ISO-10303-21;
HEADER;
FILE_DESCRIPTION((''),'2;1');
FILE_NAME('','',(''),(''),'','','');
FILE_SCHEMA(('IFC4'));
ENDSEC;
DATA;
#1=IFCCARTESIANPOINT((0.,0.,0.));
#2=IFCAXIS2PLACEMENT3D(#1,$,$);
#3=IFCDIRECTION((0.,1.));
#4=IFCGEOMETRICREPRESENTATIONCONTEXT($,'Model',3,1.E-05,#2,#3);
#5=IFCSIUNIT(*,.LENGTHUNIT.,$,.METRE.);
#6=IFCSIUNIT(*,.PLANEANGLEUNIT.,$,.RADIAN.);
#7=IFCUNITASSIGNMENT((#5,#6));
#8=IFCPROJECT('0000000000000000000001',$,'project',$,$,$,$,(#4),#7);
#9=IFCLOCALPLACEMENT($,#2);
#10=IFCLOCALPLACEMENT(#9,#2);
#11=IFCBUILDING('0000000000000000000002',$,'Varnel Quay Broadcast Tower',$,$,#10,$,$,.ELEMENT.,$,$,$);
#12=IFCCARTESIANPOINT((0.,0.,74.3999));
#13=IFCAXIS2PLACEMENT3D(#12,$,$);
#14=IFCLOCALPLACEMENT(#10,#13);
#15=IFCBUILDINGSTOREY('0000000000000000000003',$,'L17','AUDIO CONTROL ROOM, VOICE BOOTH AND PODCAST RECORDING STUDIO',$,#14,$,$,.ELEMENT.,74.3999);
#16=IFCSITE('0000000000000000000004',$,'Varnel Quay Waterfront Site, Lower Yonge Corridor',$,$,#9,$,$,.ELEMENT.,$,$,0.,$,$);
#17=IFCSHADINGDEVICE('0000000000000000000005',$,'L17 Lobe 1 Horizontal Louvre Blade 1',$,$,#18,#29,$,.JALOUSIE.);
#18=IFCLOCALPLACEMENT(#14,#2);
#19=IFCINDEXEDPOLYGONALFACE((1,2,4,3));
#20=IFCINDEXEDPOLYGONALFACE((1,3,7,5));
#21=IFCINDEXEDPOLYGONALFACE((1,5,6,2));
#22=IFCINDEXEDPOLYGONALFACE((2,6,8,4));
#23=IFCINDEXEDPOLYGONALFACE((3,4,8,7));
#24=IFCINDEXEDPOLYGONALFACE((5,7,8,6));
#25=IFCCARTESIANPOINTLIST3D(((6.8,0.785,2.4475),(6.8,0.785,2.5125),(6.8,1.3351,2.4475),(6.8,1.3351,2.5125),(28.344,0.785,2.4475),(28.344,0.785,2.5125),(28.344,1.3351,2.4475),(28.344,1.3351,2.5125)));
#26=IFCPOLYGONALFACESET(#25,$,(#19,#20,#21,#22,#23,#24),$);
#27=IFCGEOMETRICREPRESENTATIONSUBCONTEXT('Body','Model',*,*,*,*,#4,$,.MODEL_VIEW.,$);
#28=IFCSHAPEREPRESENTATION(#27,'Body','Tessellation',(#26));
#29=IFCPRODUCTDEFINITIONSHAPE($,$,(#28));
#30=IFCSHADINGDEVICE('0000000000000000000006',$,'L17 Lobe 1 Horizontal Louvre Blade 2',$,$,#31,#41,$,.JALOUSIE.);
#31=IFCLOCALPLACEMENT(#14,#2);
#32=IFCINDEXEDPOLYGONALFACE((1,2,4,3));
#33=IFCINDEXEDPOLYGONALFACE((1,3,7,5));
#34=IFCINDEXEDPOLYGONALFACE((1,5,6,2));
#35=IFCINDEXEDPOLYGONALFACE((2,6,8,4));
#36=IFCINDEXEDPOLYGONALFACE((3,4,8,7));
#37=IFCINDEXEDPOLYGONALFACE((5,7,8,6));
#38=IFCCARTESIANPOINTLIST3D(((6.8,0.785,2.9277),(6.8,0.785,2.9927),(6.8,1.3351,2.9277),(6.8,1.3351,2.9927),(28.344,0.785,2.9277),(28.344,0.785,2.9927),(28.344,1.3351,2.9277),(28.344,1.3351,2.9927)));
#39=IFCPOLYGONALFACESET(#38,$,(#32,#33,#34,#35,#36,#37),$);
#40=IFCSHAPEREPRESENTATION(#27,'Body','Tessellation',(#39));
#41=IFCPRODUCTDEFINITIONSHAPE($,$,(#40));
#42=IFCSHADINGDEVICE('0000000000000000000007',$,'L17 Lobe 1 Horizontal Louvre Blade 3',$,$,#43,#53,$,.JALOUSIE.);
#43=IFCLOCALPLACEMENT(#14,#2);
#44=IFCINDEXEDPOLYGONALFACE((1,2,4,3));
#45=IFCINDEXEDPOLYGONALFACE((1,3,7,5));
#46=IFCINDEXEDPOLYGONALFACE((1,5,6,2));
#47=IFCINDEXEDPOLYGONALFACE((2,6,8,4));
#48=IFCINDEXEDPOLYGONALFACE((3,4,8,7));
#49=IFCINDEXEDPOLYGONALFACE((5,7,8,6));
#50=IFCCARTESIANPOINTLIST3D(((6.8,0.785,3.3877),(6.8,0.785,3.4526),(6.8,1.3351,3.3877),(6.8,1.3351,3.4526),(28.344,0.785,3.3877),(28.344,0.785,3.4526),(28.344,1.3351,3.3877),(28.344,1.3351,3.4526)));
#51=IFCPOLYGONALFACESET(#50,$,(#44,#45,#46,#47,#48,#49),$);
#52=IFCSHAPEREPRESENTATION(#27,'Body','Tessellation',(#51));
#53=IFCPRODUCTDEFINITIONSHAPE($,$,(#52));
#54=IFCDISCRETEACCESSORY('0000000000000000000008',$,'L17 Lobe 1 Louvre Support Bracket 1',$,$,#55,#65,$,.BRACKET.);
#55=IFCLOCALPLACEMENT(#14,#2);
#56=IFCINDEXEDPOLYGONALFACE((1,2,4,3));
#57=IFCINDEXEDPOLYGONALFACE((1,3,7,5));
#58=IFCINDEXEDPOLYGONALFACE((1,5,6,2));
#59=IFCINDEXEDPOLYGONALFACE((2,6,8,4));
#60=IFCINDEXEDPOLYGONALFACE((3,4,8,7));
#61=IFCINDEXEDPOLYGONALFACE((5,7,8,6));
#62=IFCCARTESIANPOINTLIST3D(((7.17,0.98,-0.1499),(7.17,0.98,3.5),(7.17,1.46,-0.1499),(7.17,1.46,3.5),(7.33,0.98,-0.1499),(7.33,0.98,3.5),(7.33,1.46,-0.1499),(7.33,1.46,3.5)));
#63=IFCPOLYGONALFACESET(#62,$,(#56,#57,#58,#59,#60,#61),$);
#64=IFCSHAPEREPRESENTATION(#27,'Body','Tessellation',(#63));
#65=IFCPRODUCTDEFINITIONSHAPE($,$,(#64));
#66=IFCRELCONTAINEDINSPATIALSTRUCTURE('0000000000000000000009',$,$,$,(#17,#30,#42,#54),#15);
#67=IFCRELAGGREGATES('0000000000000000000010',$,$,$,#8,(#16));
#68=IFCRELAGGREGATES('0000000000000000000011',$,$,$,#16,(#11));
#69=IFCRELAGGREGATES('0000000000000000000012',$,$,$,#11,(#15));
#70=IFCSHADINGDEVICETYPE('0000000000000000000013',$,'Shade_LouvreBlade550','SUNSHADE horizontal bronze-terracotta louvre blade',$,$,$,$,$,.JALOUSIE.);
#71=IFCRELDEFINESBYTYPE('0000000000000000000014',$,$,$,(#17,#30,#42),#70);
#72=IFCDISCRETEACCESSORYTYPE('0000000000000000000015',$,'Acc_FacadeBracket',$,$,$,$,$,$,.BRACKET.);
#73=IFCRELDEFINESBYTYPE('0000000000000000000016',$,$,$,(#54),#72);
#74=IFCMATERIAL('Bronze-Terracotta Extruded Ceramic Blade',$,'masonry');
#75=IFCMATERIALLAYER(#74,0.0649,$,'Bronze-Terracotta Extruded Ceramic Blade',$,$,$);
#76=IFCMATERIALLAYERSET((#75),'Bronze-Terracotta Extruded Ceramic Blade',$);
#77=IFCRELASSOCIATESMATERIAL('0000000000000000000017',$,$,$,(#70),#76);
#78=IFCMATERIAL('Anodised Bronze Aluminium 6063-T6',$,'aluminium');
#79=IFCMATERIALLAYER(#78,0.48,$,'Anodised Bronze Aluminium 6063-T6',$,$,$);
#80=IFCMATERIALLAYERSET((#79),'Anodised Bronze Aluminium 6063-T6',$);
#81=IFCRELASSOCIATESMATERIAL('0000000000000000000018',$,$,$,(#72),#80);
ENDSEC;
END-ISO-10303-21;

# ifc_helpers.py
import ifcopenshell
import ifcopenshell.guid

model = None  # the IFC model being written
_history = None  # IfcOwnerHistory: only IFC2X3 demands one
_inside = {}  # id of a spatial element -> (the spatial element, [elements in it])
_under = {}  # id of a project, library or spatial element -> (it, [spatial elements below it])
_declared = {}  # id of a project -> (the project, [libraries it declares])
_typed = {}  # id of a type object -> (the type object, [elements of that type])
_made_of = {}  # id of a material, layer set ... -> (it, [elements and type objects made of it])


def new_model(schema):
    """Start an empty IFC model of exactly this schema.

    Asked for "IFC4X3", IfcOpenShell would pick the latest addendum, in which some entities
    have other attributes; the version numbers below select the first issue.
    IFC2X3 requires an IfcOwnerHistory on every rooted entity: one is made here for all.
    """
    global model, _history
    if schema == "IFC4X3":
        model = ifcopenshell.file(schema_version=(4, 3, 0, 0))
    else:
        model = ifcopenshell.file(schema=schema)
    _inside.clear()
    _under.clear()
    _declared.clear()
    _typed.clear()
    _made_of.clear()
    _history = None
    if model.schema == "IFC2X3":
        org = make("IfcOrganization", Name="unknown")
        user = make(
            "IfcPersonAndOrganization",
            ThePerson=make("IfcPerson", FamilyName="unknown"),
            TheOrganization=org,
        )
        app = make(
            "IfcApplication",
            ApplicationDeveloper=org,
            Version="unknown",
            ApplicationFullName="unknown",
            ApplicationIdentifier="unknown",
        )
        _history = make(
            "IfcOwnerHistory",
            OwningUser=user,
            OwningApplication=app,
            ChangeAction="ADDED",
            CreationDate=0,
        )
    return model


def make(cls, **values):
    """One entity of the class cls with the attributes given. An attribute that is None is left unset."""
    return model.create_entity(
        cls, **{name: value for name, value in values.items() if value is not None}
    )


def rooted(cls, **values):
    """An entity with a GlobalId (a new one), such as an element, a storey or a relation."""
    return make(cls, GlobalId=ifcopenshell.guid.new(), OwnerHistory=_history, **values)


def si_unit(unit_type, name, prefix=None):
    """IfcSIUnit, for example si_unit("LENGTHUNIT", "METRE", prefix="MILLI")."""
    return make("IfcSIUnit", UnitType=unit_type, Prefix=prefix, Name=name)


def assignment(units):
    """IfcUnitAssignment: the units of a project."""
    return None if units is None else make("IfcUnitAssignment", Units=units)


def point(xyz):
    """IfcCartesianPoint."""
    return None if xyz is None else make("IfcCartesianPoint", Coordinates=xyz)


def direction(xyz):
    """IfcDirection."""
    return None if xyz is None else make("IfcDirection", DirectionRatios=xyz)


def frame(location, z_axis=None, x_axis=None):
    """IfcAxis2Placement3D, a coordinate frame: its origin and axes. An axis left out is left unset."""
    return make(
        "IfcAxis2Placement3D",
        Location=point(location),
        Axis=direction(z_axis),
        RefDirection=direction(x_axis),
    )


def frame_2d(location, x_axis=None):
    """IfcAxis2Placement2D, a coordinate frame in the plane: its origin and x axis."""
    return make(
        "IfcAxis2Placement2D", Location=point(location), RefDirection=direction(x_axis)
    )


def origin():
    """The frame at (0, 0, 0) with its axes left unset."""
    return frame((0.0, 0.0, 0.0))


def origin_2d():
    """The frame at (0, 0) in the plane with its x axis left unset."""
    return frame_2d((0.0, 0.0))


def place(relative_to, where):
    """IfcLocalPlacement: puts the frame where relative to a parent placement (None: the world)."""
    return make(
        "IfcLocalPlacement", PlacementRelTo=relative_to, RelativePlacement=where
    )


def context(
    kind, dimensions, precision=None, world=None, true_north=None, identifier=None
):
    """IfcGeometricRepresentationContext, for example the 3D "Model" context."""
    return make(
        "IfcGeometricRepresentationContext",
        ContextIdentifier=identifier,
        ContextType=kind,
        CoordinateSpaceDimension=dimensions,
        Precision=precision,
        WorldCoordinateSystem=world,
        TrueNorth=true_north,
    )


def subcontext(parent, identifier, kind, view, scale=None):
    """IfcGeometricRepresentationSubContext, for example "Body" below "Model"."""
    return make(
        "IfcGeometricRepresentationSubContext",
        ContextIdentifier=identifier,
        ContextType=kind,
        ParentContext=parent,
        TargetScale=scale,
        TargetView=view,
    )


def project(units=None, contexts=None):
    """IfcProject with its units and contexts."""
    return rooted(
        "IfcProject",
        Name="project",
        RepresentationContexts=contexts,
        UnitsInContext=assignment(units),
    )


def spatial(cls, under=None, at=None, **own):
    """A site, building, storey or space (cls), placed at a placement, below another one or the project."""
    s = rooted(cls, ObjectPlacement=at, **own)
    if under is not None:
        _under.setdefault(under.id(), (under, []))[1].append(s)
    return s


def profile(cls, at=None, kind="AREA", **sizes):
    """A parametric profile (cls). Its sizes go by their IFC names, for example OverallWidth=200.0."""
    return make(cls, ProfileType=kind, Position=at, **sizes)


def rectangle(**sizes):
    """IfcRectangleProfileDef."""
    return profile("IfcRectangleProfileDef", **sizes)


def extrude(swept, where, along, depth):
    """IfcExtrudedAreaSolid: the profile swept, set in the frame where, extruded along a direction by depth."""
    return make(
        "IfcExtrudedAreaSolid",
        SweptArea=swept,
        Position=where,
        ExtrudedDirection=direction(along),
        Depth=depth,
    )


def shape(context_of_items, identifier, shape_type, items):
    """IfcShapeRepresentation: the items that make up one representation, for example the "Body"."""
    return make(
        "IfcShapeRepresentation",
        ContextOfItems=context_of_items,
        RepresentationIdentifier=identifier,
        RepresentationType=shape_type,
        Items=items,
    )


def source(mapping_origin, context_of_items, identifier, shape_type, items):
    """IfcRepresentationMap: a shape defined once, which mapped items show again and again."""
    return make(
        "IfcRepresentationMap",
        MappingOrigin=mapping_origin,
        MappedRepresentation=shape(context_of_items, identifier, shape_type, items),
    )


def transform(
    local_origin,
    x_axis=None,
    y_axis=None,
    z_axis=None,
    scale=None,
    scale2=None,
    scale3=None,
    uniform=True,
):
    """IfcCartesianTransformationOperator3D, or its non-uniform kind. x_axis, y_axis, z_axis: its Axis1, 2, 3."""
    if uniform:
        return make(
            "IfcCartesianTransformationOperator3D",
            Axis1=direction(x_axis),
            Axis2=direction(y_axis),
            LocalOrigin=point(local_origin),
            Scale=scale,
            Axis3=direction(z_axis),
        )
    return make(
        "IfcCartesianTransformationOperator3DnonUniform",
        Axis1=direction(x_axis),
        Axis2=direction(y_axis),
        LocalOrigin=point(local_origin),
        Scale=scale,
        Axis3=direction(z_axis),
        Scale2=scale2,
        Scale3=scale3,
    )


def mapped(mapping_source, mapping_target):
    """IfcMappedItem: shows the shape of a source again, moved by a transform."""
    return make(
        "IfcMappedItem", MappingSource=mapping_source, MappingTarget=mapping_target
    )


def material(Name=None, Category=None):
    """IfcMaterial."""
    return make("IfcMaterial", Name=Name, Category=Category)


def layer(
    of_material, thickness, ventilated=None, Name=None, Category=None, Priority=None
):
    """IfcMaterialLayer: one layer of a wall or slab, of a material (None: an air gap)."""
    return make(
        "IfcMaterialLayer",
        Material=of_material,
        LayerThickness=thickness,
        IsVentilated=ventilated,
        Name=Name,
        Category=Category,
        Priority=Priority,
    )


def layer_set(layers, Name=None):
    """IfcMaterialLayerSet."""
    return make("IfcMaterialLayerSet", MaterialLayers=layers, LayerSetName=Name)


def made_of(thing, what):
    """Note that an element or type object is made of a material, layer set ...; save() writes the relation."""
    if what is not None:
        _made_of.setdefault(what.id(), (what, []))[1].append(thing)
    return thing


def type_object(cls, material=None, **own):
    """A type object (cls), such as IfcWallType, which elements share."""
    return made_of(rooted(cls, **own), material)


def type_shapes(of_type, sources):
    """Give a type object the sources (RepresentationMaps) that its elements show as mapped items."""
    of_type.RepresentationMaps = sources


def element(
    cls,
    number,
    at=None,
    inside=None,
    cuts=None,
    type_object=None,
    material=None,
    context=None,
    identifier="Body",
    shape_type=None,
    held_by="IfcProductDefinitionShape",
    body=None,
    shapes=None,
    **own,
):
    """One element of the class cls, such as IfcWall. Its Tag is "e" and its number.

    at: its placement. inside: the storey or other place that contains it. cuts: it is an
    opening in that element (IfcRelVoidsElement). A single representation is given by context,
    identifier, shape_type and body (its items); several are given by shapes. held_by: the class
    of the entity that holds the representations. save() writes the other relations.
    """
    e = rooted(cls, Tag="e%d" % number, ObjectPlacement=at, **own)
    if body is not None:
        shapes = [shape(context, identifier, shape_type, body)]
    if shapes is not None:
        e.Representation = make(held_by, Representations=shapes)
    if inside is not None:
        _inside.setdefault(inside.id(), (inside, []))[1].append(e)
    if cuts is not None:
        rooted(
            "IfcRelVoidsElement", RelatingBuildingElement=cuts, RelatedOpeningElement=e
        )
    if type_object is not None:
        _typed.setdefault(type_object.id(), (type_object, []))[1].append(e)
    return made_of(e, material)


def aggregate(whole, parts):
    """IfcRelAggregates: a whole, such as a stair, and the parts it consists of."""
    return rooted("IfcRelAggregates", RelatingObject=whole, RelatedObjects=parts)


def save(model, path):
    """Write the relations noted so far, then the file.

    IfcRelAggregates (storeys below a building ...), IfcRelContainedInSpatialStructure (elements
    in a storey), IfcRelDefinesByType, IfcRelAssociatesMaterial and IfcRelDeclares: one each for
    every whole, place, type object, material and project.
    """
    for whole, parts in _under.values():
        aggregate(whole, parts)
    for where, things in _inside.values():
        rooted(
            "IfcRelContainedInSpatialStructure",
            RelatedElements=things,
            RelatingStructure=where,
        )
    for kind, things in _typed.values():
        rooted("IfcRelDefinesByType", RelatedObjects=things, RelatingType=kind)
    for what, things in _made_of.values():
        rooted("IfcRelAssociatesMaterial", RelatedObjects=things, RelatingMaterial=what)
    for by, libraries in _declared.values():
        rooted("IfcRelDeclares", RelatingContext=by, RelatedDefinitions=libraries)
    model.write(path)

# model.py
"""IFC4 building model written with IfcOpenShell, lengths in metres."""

from ifc_helpers import new_model, si_unit, direction, frame, origin, origin_2d, place, context, subcontext, project, spatial, rectangle, extrude, source, transform, mapped, material, layer, layer_set, type_object, type_shapes, element, save


model = new_model("IFC4")

# Units and contexts
model_context = context("Model", 3, precision=1e-05, world=origin(), true_north=direction((0.0, 1.0)))
body_context = subcontext(model_context, "Body", "Model", "MODEL_VIEW")
ifc_project = project(units=[si_unit("LENGTHUNIT", "METRE"), si_unit("PLANEANGLEUNIT", "RADIAN")], contexts=[model_context])

# Site, building, storey
site_placement = place(None, origin())
site = spatial("IfcSite", under=ifc_project, at=site_placement, Name="Varnel Quay Waterfront Site, Lower Yonge Corridor", CompositionType="ELEMENT", RefElevation=0.0)
building_placement = place(site_placement, origin())
building = spatial("IfcBuilding", under=site, at=building_placement, Name="Varnel Quay Broadcast Tower", CompositionType="ELEMENT")
storey_placement = place(building_placement, frame((0.0, 0.0, 74.3999)))
storey = spatial("IfcBuildingStorey", under=building, at=storey_placement, Name="L17", Description="AUDIO CONTROL ROOM, VOICE BOOTH AND PODCAST RECORDING STUDIO", CompositionType="ELEMENT", Elevation=74.3999)

# Shared definitions
ifc_material_1 = material(Name="Anodised Bronze Aluminium 6063-T6", Category="aluminium")

# Shared definitions
ifc_material_2 = material(Name="Bronze-Terracotta Extruded Ceramic Blade", Category="masonry")

# Shading devices
ifc_layer_1 = layer(ifc_material_2, 0.0649, Name="Bronze-Terracotta Extruded Ceramic Blade")
ifc_layer_set_1 = layer_set([ifc_layer_1], Name="Bronze-Terracotta Extruded Ceramic Blade")
shading_device_type = type_object("IfcShadingDeviceType", Name="Shade_LouvreBlade550", Description="SUNSHADE horizontal bronze-terracotta louvre blade", PredefinedType="JALOUSIE", material=ifc_layer_set_1)
shared_shape_1 = source(origin(), body_context, "Body", "SweptSolid", [
    extrude(rectangle(XDim=21.5439, YDim=0.55, at=origin_2d()), origin(), (0.0, 0.0, 1.0), 0.0649),
])
type_shapes(shading_device_type, [shared_shape_1])
for number, where, z_axis, x_axis, name in (
    (1, (17.572, 1.0601, 2.4475), (0.0, 0.0, 1.0), (1.0, 0.0, 0.0), "L17 Lobe 1 Horizontal Louvre Blade 1"),
    (2, (17.572, 1.0601, 2.9277), (0.0, 0.0, 1.0), (1.0, 0.0, 0.0), "L17 Lobe 1 Horizontal Louvre Blade 2"),
    (3, (17.572, 1.0601, 3.3877), (0.0, 0.0, 1.0), (1.0, 0.0, 0.0), "L17 Lobe 1 Horizontal Louvre Blade 3"),
):
    element("IfcShadingDevice", number, at=place(storey_placement, frame(where, z_axis=z_axis, x_axis=x_axis)), inside=storey, type_object=shading_device_type, Name=name, PredefinedType="JALOUSIE", context=body_context, shape_type="MappedRepresentation", body=[
        mapped(shared_shape_1, transform((0.0, 0.0, 0.0), x_axis=(1.0, 0.0, 0.0), y_axis=(0.0, 1.0, 0.0), z_axis=(0.0, 0.0, 1.0), scale=1.0)),
    ])

# Discrete accessory
ifc_layer_2 = layer(ifc_material_1, 0.48, Name="Anodised Bronze Aluminium 6063-T6")
ifc_layer_set_2 = layer_set([ifc_layer_2], Name="Anodised Bronze Aluminium 6063-T6")
discrete_accessory_type = type_object("IfcDiscreteAccessoryType", Name="Acc_FacadeBracket", PredefinedType="BRACKET", material=ifc_layer_set_2)
shared_shape_2 = source(origin(), body_context, "Body", "SweptSolid", [
    extrude(rectangle(XDim=0.1599, YDim=0.48, at=origin_2d()), origin(), (0.0, 0.0, 1.0), 3.6499),
])
type_shapes(discrete_accessory_type, [shared_shape_2])
discrete_accessory_placement = place(storey_placement, frame((7.25, 1.22, -0.1499), z_axis=(0.0, 0.0, 1.0), x_axis=(1.0, 0.0, 0.0)))
element("IfcDiscreteAccessory", 4, at=discrete_accessory_placement, inside=storey, type_object=discrete_accessory_type, Name="L17 Lobe 1 Louvre Support Bracket 1", PredefinedType="BRACKET", context=body_context, shape_type="MappedRepresentation", body=[
    mapped(shared_shape_2, transform((0.0, 0.0, 0.0), x_axis=(1.0, 0.0, 0.0), y_axis=(0.0, 1.0, 0.0), z_axis=(0.0, 0.0, 1.0), scale=1.0)),
])

save(model, "model.ifc")
